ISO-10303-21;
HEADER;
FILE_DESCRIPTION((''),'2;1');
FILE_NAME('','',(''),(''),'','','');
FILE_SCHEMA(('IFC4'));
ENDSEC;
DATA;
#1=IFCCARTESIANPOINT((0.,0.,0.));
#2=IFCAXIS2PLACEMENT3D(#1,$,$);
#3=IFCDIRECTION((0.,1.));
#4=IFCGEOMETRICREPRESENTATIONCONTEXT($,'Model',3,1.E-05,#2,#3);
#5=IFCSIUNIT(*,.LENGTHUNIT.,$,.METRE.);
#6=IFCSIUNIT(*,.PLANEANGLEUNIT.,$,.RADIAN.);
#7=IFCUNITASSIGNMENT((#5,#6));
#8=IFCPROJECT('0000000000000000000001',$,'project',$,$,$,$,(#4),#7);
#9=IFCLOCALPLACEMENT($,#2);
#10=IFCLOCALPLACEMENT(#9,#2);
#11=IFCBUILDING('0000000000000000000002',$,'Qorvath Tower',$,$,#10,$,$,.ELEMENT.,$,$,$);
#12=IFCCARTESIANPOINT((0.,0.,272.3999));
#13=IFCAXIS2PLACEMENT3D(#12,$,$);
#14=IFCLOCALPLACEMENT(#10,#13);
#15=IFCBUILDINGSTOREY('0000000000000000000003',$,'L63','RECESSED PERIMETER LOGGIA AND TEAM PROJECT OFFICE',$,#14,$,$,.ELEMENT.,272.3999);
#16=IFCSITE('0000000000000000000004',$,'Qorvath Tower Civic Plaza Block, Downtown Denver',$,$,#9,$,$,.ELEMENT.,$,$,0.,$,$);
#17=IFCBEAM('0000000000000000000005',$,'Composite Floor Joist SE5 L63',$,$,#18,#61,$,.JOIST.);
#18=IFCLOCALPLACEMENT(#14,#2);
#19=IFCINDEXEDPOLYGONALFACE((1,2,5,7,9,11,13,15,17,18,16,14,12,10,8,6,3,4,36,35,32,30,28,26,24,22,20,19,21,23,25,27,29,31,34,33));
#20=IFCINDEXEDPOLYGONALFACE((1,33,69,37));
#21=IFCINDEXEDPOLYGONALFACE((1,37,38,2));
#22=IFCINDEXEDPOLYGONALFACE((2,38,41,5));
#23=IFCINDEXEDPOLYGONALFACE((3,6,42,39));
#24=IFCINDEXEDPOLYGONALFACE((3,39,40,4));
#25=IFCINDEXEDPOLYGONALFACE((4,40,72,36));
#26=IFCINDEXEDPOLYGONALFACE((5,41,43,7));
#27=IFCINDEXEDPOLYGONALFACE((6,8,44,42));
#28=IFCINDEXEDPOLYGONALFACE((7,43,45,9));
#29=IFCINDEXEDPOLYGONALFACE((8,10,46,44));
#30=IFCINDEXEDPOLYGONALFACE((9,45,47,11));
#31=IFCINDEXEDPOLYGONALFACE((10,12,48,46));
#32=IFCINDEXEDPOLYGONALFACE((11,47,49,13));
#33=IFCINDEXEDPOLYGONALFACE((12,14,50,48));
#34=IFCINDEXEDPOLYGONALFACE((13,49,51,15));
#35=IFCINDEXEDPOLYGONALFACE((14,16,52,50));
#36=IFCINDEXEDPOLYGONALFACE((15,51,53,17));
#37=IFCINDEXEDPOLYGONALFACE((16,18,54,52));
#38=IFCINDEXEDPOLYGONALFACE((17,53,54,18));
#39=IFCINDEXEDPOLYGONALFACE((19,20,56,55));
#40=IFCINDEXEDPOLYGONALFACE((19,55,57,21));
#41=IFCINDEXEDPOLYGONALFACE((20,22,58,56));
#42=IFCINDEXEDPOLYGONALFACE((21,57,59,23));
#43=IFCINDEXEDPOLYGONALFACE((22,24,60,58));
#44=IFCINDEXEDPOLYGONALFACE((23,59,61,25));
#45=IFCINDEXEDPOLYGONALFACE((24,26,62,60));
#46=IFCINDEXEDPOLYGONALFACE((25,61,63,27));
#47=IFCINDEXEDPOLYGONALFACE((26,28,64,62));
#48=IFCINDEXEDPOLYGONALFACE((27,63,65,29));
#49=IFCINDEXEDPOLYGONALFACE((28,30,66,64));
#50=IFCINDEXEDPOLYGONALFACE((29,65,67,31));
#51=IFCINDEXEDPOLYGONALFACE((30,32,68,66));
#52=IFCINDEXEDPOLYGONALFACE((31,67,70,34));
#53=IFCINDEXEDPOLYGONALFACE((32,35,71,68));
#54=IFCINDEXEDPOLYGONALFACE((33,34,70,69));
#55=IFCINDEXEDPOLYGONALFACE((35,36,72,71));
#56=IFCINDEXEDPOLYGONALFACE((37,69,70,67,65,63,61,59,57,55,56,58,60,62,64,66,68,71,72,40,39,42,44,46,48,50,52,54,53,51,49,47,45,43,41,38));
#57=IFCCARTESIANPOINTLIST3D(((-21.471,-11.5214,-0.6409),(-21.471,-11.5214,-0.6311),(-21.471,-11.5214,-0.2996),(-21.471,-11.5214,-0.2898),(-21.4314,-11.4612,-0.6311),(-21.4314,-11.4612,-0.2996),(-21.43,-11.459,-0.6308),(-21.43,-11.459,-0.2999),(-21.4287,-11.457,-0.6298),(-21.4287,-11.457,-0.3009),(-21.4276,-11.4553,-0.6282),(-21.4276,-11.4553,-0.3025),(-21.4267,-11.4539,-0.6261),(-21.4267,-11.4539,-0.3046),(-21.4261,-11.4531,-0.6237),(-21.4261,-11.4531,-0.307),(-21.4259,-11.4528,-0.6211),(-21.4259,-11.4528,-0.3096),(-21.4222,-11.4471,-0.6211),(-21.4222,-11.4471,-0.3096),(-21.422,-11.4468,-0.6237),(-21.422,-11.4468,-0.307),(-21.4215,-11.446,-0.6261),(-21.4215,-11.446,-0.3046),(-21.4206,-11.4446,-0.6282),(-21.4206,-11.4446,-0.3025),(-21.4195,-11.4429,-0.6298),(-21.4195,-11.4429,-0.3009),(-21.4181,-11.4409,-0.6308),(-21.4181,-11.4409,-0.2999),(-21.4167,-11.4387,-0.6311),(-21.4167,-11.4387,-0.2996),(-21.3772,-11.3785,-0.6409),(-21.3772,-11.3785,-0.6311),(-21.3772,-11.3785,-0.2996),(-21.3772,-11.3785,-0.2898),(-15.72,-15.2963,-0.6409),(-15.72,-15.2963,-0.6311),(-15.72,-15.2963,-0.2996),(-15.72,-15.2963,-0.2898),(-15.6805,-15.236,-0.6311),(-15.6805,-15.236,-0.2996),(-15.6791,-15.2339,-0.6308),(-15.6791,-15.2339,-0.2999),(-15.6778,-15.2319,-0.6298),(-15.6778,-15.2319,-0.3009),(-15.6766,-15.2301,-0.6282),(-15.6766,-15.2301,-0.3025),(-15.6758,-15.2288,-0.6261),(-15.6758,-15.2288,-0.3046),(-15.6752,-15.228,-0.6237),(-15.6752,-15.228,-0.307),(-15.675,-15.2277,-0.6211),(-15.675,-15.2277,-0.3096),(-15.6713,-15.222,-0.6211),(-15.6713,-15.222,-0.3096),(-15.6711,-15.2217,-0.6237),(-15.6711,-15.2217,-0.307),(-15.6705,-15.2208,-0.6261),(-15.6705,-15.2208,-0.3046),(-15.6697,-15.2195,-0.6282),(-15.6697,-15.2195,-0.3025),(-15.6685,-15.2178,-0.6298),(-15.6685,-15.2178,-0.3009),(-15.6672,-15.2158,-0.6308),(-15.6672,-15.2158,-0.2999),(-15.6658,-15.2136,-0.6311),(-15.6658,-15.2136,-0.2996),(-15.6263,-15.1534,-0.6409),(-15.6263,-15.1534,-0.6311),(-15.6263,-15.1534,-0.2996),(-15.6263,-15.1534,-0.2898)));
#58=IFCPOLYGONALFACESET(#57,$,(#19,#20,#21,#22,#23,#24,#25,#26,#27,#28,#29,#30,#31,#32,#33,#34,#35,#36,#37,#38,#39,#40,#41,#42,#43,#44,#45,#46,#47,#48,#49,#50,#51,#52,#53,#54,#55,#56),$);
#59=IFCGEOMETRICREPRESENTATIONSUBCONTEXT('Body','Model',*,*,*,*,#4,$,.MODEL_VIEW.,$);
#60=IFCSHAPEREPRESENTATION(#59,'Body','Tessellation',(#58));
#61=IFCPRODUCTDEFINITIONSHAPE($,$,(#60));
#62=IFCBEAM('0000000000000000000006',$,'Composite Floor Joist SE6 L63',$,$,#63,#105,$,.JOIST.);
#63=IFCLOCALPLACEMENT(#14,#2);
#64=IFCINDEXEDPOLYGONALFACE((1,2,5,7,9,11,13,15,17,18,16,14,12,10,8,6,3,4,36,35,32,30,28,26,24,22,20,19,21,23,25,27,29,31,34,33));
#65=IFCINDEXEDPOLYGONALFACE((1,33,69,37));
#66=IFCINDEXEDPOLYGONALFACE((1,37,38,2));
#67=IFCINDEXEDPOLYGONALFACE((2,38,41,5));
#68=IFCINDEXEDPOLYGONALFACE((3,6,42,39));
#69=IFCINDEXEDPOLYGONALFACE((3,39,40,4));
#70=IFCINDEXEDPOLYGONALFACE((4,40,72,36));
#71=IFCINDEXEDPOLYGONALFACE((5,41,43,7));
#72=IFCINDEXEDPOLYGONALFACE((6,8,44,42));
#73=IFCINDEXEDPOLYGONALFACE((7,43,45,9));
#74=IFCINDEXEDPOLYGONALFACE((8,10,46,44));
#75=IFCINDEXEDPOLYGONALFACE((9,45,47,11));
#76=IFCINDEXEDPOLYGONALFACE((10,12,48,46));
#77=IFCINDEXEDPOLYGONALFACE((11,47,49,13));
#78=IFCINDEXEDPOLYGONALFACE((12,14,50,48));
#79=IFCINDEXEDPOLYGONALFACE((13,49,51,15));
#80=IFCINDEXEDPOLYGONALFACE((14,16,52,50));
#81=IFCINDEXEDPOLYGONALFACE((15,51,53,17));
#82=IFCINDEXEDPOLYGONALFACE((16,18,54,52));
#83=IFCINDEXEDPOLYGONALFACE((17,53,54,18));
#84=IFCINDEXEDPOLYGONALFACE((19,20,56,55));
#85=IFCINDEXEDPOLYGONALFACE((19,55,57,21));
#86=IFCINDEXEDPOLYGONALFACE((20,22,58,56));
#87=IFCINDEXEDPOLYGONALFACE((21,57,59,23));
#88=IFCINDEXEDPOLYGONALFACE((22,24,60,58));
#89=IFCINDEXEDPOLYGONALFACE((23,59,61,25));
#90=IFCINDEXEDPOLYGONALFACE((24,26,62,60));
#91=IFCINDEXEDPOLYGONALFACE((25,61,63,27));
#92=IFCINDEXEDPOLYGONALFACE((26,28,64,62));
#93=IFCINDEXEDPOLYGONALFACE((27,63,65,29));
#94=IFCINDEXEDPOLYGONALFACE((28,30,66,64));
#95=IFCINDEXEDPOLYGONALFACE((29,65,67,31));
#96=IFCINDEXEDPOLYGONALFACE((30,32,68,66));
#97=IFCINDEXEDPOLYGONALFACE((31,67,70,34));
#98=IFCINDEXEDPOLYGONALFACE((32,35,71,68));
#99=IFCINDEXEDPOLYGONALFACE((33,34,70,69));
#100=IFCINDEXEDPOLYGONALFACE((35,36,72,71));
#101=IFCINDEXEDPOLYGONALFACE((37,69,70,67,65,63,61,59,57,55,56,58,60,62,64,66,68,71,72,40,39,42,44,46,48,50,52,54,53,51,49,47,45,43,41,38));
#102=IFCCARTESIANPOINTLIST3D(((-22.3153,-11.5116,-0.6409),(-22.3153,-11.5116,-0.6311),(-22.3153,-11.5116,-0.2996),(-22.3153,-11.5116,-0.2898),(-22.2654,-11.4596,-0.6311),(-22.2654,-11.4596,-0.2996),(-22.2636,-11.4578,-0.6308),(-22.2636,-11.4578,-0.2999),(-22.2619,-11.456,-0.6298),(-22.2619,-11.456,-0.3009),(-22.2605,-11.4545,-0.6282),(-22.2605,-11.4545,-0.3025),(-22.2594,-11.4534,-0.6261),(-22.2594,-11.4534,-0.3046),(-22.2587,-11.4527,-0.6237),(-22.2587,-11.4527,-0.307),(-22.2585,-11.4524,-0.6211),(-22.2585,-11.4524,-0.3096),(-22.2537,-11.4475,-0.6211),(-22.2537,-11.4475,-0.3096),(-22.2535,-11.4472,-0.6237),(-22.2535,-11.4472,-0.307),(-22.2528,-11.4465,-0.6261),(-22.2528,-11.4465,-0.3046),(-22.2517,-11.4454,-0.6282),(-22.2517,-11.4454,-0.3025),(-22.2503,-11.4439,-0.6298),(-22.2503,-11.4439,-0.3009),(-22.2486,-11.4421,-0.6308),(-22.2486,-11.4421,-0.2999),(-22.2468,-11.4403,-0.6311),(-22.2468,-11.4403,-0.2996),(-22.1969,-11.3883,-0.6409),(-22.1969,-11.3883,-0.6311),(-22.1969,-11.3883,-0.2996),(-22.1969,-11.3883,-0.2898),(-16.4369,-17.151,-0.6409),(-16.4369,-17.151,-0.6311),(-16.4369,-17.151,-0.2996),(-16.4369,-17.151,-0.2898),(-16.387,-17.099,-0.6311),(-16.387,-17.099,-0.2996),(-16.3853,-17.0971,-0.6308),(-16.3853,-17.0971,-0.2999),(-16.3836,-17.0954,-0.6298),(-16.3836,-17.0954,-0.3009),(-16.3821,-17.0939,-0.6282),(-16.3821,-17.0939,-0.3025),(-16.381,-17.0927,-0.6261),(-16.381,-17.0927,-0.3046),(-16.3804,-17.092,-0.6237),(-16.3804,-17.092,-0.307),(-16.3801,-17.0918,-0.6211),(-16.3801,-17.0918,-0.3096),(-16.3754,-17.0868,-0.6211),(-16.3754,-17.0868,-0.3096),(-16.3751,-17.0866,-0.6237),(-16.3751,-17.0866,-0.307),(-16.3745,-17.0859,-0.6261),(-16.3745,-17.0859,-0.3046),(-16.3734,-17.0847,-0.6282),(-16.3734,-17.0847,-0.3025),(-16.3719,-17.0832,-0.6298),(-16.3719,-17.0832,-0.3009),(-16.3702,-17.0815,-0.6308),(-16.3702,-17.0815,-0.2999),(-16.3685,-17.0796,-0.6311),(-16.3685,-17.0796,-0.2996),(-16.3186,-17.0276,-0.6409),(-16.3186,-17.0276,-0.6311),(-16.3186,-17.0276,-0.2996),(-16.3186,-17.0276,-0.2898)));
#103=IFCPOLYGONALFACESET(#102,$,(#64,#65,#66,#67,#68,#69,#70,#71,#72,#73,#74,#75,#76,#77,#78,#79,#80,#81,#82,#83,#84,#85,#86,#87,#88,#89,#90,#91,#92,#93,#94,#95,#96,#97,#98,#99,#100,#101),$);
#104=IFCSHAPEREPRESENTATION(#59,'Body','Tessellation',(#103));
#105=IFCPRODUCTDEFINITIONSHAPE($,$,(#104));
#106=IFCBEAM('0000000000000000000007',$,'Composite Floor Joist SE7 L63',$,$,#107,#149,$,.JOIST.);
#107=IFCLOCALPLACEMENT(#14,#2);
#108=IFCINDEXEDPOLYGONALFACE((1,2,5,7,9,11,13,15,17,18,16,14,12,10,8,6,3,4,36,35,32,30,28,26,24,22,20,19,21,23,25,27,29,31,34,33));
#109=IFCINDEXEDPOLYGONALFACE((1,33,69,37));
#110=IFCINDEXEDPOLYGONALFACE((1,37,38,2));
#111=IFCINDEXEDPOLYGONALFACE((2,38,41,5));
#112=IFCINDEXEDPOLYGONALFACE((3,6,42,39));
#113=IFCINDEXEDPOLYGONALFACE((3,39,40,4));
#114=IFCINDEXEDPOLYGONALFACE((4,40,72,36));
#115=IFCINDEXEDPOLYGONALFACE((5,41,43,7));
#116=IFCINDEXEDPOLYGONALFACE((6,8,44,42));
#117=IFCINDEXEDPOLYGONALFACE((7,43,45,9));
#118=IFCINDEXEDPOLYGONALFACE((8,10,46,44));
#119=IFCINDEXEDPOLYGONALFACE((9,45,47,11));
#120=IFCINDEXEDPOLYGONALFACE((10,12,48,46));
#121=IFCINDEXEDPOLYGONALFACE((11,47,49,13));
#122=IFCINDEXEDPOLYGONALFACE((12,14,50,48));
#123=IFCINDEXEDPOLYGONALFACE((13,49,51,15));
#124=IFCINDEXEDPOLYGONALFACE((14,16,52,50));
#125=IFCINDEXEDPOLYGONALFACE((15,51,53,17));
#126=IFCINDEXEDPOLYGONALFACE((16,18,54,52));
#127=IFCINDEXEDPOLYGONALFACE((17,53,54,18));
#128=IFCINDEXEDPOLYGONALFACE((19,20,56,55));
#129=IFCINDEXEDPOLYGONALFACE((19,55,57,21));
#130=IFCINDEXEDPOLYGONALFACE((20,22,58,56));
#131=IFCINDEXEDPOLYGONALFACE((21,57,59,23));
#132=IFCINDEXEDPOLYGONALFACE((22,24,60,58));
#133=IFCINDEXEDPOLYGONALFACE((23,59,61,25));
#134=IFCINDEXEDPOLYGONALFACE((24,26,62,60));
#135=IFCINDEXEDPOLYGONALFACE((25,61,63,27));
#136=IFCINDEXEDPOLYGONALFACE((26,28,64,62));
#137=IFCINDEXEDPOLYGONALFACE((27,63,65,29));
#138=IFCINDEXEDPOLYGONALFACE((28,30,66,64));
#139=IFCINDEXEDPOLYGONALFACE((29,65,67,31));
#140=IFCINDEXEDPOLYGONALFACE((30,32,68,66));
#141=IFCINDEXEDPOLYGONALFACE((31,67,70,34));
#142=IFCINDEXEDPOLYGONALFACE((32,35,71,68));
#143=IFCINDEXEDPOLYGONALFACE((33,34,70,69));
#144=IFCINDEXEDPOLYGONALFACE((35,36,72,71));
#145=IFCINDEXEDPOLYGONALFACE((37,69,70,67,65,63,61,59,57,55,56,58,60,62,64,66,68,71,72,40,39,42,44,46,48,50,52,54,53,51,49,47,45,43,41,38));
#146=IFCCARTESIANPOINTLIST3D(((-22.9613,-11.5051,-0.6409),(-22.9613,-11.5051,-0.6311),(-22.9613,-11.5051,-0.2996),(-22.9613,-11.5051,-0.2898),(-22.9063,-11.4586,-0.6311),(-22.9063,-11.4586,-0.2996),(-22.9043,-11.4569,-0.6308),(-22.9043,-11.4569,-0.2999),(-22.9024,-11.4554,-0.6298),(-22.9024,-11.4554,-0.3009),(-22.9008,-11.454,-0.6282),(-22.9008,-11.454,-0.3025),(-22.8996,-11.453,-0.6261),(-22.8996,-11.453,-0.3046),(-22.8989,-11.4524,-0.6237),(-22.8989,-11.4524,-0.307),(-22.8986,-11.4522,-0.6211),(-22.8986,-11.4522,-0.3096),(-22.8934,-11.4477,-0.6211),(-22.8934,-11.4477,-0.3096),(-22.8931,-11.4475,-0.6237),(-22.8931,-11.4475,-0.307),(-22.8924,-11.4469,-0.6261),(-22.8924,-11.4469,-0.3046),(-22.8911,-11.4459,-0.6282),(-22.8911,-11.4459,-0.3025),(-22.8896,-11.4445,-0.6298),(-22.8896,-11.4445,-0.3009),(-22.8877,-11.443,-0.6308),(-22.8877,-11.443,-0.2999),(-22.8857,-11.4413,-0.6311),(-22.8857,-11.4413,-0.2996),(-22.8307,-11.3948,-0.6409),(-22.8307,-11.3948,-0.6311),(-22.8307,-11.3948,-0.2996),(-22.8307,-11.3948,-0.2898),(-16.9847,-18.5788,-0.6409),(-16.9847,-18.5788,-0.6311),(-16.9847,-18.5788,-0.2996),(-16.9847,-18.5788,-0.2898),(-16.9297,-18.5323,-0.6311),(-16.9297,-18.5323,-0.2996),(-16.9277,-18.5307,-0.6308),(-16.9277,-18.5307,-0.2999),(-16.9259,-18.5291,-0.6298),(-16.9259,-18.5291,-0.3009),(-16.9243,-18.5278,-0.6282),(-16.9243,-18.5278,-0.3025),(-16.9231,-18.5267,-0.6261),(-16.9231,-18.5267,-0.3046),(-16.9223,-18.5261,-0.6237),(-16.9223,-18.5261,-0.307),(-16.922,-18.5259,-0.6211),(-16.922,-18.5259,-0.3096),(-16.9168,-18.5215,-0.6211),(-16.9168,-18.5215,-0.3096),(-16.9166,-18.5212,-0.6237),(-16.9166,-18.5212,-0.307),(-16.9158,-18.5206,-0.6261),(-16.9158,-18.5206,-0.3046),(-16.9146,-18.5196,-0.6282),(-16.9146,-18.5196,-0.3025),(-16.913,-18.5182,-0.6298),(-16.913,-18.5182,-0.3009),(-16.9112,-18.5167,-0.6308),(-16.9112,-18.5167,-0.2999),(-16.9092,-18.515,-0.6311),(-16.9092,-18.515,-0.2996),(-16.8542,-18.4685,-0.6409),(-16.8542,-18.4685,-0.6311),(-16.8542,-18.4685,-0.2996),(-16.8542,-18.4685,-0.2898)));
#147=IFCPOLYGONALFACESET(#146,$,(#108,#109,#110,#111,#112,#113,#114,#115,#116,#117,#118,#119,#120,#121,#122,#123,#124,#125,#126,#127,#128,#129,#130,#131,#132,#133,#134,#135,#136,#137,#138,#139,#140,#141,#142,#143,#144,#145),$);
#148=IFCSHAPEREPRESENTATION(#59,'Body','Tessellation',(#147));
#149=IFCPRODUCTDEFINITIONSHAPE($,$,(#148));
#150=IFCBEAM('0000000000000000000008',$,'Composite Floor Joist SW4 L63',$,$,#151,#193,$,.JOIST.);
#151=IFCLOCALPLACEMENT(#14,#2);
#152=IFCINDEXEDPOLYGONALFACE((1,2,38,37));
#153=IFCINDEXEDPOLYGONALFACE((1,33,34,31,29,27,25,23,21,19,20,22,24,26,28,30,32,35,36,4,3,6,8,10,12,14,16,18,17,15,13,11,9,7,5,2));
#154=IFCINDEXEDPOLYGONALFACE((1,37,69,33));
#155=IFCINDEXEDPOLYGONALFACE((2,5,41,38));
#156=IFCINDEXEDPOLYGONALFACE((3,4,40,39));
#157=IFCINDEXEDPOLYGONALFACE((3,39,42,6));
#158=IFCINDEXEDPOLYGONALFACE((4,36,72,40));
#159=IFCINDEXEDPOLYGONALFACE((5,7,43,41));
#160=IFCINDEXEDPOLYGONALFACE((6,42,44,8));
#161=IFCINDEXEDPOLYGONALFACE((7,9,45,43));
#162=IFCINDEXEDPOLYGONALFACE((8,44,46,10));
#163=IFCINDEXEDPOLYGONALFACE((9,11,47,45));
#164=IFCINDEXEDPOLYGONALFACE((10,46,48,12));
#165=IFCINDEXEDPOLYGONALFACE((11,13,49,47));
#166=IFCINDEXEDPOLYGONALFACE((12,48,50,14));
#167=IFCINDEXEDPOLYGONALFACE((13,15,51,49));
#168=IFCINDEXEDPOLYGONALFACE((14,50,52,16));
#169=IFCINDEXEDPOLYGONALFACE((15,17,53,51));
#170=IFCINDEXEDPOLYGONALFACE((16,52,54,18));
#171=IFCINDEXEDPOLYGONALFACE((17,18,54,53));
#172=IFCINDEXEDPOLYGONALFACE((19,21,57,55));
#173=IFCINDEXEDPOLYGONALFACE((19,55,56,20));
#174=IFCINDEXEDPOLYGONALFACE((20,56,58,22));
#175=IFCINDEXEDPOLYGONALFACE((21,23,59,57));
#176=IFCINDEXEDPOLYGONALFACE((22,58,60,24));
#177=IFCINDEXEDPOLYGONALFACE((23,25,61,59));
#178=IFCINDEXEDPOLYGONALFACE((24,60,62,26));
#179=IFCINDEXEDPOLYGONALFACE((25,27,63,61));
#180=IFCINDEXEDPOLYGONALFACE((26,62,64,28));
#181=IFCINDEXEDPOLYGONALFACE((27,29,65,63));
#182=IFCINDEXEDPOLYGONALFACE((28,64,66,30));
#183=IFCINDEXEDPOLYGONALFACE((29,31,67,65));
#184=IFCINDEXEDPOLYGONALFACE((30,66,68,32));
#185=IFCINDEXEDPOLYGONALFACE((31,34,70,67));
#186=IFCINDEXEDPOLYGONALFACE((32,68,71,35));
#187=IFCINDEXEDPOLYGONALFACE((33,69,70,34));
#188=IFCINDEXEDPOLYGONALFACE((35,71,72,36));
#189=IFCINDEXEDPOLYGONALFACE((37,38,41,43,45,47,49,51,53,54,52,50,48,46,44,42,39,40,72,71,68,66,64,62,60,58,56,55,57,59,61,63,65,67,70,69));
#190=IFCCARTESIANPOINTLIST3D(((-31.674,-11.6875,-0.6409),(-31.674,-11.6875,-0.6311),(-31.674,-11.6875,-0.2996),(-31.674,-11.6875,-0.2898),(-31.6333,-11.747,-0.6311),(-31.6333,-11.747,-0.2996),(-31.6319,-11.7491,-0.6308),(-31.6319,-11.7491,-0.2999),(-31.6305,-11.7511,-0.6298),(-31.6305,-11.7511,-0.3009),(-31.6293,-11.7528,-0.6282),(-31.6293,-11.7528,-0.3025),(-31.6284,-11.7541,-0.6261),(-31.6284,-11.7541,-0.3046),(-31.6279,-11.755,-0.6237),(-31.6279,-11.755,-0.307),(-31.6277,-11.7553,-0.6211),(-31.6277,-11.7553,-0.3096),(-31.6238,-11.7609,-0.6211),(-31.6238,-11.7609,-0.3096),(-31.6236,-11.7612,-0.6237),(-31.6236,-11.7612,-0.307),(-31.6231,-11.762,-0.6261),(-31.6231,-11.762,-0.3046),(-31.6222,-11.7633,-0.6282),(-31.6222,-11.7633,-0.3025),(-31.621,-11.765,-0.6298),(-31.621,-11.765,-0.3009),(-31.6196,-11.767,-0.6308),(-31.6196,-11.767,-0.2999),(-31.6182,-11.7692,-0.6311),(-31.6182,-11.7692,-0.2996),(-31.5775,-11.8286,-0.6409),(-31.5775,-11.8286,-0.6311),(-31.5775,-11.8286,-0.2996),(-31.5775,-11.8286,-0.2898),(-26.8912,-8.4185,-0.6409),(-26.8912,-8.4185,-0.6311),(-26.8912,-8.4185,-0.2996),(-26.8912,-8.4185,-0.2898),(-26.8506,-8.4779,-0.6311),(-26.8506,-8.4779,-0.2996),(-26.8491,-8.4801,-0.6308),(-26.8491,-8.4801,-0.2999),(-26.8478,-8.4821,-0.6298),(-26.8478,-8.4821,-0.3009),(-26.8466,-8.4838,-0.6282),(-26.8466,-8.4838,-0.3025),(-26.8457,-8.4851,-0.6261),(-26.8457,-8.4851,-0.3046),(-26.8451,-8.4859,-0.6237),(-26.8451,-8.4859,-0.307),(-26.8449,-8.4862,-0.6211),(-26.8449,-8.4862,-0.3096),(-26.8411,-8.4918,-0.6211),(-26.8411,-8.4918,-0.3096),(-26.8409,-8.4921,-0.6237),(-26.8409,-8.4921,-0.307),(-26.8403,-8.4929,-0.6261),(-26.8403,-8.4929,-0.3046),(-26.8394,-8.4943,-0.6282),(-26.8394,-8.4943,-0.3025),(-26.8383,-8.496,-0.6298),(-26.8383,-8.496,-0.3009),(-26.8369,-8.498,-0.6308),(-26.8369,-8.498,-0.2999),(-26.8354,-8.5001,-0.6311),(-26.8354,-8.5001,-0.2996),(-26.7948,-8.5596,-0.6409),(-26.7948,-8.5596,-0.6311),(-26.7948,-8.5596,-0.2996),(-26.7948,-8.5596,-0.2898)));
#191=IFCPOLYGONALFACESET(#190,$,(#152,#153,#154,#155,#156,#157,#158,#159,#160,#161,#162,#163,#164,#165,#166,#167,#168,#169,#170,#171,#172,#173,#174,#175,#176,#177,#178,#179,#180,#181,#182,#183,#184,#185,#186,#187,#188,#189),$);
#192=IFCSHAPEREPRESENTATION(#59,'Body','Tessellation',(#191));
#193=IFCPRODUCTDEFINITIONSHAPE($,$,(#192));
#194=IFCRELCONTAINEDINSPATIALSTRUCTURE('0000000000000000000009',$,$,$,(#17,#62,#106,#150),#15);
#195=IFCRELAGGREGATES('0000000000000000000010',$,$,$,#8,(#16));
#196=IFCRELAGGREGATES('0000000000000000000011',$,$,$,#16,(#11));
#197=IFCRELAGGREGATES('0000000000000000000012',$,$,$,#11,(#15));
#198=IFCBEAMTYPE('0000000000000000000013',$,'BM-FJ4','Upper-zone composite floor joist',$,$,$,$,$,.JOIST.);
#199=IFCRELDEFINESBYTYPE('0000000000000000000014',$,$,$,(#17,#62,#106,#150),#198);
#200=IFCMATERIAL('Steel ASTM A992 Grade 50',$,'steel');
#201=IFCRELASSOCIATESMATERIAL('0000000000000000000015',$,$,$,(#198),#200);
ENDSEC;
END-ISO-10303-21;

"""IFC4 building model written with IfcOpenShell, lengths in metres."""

from ifc_helpers import new_model, si_unit, direction, frame, origin, origin_2d, place, context, subcontext, project, spatial, i_section, extrude, material, material_profile, profile_set, type_object, element, save


model = new_model("IFC4")

# Units and contexts
model_context = context("Model", 3, precision=1e-05, world=origin(), true_north=direction((0.0, 1.0)))
body_context = subcontext(model_context, "Body", "Model", "MODEL_VIEW")
ifc_project = project(units=[si_unit("LENGTHUNIT", "METRE"), si_unit("PLANEANGLEUNIT", "RADIAN")], contexts=[model_context])

# Site, building, storey
site_placement = place(None, origin())
site = spatial("IfcSite", under=ifc_project, at=site_placement, Name="Qorvath Tower Civic Plaza Block, Downtown Denver", CompositionType="ELEMENT", RefElevation=0.0)
building_placement = place(site_placement, origin())
building = spatial("IfcBuilding", under=site, at=building_placement, Name="Qorvath Tower", CompositionType="ELEMENT")
storey_placement = place(building_placement, frame((0.0, 0.0, 272.3999)))
storey = spatial("IfcBuildingStorey", under=building, at=storey_placement, Name="L63", Description="RECESSED PERIMETER LOGGIA AND TEAM PROJECT OFFICE", CompositionType="ELEMENT", Elevation=272.3999)

# Beams
ifc_material_1 = material(Name="Steel ASTM A992 Grade 50", Category="steel")
ifc_material_profile_1 = material_profile(ifc_material_1, i_section(OverallWidth=0.1709, OverallDepth=0.3511, WebThickness=0.0068, FlangeThickness=0.0098, FilletRadius=0.01, at=origin_2d()), Name="W14x30")
ifc_profile_set_1 = profile_set([ifc_material_profile_1], Name="Steel ASTM A992 Grade 50")
beam_type_1 = type_object("IfcBeamType", Name="BM-FJ4", Description="Upper-zone composite floor joist", PredefinedType="JOIST", material=ifc_profile_set_1)
beam_1_placement = place(storey_placement, frame((-21.4241, -11.45, -0.4653), z_axis=(0.835993, -0.54874, 0.0), x_axis=(0.54874, 0.835993, 0.0)))
element("IfcBeam", 1, at=beam_1_placement, inside=storey, type_object=beam_type_1, Name="Composite Floor Joist SE5 L63", PredefinedType="JOIST", context=body_context, shape_type="SweptSolid", body=[
    extrude(i_section(OverallWidth=0.1709, OverallDepth=0.3511, WebThickness=0.0068, FlangeThickness=0.0098, FilletRadius=0.01, at=origin_2d()), origin(), (0.0, 0.0, 1.0), 6.8792),
])
beam_2_placement = place(storey_placement, frame((-22.2561, -11.45, -0.4653), z_axis=(0.721625, -0.692284, 0.0), x_axis=(0.692284, 0.721625, 0.0)))
element("IfcBeam", 2, at=beam_2_placement, inside=storey, type_object=beam_type_1, Name="Composite Floor Joist SE6 L63", PredefinedType="JOIST", context=body_context, shape_type="SweptSolid", body=[
    extrude(i_section(OverallWidth=0.1709, OverallDepth=0.3511, WebThickness=0.0068, FlangeThickness=0.0098, FilletRadius=0.01, at=origin_2d()), origin(), (0.0, 0.0, 1.0), 8.146),
])
beam_3_placement = place(storey_placement, frame((-22.896, -11.45, -0.4653), z_axis=(0.645382, -0.76386, 0.0), x_axis=(0.76386, 0.645382, 0.0)))
element("IfcBeam", 3, at=beam_3_placement, inside=storey, type_object=beam_type_1, Name="Composite Floor Joist SE7 L63", PredefinedType="JOIST", context=body_context, shape_type="SweptSolid", body=[
    extrude(i_section(OverallWidth=0.1709, OverallDepth=0.3511, WebThickness=0.0068, FlangeThickness=0.0098, FilletRadius=0.01, at=origin_2d()), origin(), (0.0, 0.0, 1.0), 9.2605),
])
beam_4_placement = place(storey_placement, frame((-26.843, -8.489, -0.4653), z_axis=(-0.825576, -0.564291, 0.0), x_axis=(0.564291, -0.825576, 0.0)))
element("IfcBeam", 4, at=beam_4_placement, inside=storey, type_object=beam_type_1, Name="Composite Floor Joist SW4 L63", PredefinedType="JOIST", context=body_context, shape_type="SweptSolid", body=[
    extrude(i_section(OverallWidth=0.1709, OverallDepth=0.3511, WebThickness=0.0068, FlangeThickness=0.0098, FilletRadius=0.01, at=origin_2d()), origin(), (0.0, 0.0, 1.0), 5.7932),
])

save(model, "model.ifc")
